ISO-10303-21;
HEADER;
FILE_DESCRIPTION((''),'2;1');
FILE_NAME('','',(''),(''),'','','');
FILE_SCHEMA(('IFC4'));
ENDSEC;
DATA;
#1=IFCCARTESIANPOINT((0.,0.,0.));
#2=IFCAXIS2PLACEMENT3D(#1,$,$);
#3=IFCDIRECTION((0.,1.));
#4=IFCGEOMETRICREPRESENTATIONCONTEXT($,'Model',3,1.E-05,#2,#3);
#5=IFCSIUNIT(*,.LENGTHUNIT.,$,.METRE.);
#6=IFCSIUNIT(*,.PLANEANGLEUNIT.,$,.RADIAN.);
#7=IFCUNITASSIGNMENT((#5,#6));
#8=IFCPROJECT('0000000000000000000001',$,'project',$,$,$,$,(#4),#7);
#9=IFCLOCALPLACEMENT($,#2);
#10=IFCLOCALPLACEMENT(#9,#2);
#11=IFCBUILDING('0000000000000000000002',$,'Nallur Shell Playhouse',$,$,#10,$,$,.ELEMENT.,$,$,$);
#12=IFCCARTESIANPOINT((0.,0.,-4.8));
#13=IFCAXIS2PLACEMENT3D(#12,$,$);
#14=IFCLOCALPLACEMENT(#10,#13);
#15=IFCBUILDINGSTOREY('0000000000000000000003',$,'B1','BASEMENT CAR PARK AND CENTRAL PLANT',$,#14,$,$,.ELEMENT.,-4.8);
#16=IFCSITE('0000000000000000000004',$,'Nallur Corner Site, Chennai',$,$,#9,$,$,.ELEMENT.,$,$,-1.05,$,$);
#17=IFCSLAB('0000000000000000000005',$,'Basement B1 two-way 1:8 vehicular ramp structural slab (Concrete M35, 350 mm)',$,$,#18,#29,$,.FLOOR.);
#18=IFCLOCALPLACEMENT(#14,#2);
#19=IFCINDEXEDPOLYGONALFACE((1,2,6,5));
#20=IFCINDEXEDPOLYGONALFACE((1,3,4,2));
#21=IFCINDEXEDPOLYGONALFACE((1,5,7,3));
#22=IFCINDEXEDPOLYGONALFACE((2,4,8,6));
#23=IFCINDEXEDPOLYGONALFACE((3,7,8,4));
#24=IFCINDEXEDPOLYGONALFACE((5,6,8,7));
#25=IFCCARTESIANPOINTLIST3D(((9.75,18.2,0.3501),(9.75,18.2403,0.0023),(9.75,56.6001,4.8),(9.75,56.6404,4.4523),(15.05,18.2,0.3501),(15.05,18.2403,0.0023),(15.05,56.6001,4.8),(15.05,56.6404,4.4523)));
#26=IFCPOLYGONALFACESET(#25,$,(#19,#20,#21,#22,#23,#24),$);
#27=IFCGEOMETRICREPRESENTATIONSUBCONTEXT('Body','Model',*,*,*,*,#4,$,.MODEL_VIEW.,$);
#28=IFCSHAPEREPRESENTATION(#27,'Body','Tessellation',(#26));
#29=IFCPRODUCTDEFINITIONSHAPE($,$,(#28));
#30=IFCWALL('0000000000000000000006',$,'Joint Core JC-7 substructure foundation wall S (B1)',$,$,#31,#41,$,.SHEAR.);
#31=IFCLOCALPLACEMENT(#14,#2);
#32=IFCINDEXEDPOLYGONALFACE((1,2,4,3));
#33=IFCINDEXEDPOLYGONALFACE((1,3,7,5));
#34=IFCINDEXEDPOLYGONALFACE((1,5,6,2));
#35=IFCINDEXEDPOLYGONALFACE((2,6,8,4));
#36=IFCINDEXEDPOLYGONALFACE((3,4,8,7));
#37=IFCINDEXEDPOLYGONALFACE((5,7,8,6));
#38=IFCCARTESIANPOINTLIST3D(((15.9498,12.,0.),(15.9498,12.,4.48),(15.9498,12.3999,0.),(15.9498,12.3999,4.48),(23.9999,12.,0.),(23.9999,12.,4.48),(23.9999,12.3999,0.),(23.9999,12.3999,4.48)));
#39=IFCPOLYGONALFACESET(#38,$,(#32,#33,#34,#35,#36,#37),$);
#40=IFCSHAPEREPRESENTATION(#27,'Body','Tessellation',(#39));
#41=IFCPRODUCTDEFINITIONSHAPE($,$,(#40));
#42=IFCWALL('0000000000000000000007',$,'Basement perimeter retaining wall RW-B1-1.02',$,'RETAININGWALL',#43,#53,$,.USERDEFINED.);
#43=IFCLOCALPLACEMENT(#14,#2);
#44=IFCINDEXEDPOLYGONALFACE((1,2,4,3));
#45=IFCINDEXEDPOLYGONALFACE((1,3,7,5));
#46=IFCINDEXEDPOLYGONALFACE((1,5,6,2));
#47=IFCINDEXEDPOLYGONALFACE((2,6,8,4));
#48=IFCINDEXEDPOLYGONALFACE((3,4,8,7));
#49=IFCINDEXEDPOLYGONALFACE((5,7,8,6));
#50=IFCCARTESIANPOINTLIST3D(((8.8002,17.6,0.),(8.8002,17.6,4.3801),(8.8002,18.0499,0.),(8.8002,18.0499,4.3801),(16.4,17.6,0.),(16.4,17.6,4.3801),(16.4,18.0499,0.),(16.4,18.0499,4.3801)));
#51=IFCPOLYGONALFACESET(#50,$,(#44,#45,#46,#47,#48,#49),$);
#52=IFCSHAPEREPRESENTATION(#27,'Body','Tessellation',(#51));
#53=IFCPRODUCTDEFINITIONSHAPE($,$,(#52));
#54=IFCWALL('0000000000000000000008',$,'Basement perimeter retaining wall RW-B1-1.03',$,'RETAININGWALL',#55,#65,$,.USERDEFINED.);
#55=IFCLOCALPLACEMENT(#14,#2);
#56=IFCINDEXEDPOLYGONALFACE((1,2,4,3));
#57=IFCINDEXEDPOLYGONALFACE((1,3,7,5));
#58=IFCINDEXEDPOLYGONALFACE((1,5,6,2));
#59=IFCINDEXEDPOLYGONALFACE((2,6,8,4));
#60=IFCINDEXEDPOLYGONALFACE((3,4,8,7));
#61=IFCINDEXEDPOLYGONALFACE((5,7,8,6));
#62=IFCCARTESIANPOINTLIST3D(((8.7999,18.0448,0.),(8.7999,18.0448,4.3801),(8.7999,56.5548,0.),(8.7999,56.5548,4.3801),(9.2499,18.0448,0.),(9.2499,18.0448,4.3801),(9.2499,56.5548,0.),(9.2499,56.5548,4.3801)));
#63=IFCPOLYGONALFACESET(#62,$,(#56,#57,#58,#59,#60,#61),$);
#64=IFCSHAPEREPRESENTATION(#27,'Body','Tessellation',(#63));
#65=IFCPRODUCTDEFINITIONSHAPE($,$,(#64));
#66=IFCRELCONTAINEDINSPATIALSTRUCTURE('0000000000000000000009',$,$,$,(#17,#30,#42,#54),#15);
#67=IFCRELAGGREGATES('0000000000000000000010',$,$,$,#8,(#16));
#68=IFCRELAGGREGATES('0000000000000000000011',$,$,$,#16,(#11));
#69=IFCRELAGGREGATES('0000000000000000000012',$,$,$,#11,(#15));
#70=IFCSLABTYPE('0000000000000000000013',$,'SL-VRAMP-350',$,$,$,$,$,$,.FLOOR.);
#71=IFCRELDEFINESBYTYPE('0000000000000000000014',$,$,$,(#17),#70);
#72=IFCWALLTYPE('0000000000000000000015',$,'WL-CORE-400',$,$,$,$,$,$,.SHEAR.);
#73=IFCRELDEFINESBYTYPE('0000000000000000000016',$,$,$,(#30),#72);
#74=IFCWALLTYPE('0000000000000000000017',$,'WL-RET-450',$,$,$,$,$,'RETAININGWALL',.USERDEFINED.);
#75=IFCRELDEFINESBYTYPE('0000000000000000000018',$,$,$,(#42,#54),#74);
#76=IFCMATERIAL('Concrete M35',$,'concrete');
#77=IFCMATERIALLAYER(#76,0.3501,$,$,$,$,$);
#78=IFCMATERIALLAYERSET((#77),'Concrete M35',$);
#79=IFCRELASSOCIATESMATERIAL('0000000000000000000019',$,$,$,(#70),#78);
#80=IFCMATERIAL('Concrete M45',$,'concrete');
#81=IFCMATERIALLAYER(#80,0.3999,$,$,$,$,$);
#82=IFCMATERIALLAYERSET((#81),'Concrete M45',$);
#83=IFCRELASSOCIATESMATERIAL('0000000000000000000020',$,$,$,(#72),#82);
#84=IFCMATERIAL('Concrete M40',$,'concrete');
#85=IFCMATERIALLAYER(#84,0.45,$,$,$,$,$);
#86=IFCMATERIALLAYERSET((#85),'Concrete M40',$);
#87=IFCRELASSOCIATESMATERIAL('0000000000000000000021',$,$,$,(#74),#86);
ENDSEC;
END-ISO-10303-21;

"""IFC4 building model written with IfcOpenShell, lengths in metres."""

from ifc_helpers import new_model, si_unit, direction, frame, frame_2d, origin, place, context, subcontext, project, spatial, polyline, rectangle, outline, extrude, material, layer, layer_set, type_object, element, save


model = new_model("IFC4")

# Units and contexts
model_context = context("Model", 3, precision=1e-05, world=origin(), true_north=direction((0.0, 1.0)))
body_context = subcontext(model_context, "Body", "Model", "MODEL_VIEW")
ifc_project = project(units=[si_unit("LENGTHUNIT", "METRE"), si_unit("PLANEANGLEUNIT", "RADIAN")], contexts=[model_context])

# Site, building, storey
site_placement = place(None, origin())
site = spatial("IfcSite", under=ifc_project, at=site_placement, Name="Nallur Corner Site, Chennai", CompositionType="ELEMENT", RefElevation=-1.05)
building_placement = place(site_placement, origin())
building = spatial("IfcBuilding", under=site, at=building_placement, Name="Nallur Shell Playhouse", CompositionType="ELEMENT")
storey_placement = place(building_placement, frame((0.0, 0.0, -4.8)))
storey = spatial("IfcBuildingStorey", under=building, at=storey_placement, Name="B1", Description="BASEMENT CAR PARK AND CENTRAL PLANT", CompositionType="ELEMENT", Elevation=-4.8)

# Shared definitions
ifc_material_1 = material(Name="Concrete M35", Category="concrete")

# Shared definitions
ifc_material_2 = material(Name="Concrete M40", Category="concrete")

# Slab
ifc_layer_1 = layer(ifc_material_1, 0.3501)
ifc_layer_set_1 = layer_set([ifc_layer_1], Name="Concrete M35")
slab_type_1 = type_object("IfcSlabType", Name="SL-VRAMP-350", PredefinedType="FLOOR", material=ifc_layer_set_1)
slab_1_placement = place(storey_placement, frame((9.75, 18.2, 0.3501), z_axis=(0.0, -0.115113, 0.993352), x_axis=(1.0, 0.0, 0.0)))
element("IfcSlab", 1, at=slab_1_placement, inside=storey, type_object=slab_type_1, Name="Basement B1 two-way 1:8 vehicular ramp structural slab (Concrete M35, 350 mm)", PredefinedType="FLOOR", context=body_context, shape_type="SweptSolid", body=[
    extrude(outline(polyline([(0.0, 0.0), (5.3, 0.0), (5.3, 38.6571), (0.0, 38.6571), (0.0, 0.0)])), origin(), (0.0, 0.0, -1.0), 0.3501),
])

# Walls
ifc_material_3 = material(Name="Concrete M45", Category="concrete")
ifc_layer_2 = layer(ifc_material_3, 0.3999)
ifc_layer_set_2 = layer_set([ifc_layer_2], Name="Concrete M45")
wall_type_1 = type_object("IfcWallType", Name="WL-CORE-400", PredefinedType="SHEAR", material=ifc_layer_set_2)
wall_1_placement = place(storey_placement, frame((15.95, 12.2, 0.0), z_axis=(0.0, 0.0, 1.0), x_axis=(1.0, 0.0, 0.0)))
element("IfcWall", 2, at=wall_1_placement, inside=storey, type_object=wall_type_1, Name="Joint Core JC-7 substructure foundation wall S (B1)", PredefinedType="SHEAR", context=body_context, shape_type="SweptSolid", body=[
    extrude(rectangle(XDim=8.05, YDim=0.3999, at=frame_2d((4.0249, 0.0))), origin(), (0.0, 0.0, 1.0), 4.48),
])
ifc_layer_3 = layer(ifc_material_2, 0.45)
ifc_layer_set_3 = layer_set([ifc_layer_3], Name="Concrete M40")
wall_type_2 = type_object("IfcWallType", Name="WL-RET-450", ElementType="RETAININGWALL", PredefinedType="USERDEFINED", material=ifc_layer_set_3)
wall_2_placement = place(storey_placement, frame((16.3999, 17.825, 0.0), z_axis=(0.0, 0.0, 1.0), x_axis=(-1.0, 0.0, 0.0)))
element("IfcWall", 3, at=wall_2_placement, inside=storey, type_object=wall_type_2, Name="Basement perimeter retaining wall RW-B1-1.02", ObjectType="RETAININGWALL", PredefinedType="USERDEFINED", context=body_context, shape_type="SweptSolid", body=[
    extrude(rectangle(XDim=7.5999, YDim=0.45, at=frame_2d((3.7998, 0.0))), origin(), (0.0, 0.0, 1.0), 4.3801),
])
wall_3_placement = place(storey_placement, frame((9.0249, 18.0449, 0.0), z_axis=(0.0, 0.0, 1.0), x_axis=(0.0, 1.0, 0.0)))
element("IfcWall", 4, at=wall_3_placement, inside=storey, type_object=wall_type_2, Name="Basement perimeter retaining wall RW-B1-1.03", ObjectType="RETAININGWALL", PredefinedType="USERDEFINED", context=body_context, shape_type="SweptSolid", body=[
    extrude(rectangle(XDim=38.51, YDim=0.45, at=frame_2d((19.2549, 0.0))), origin(), (0.0, 0.0, 1.0), 4.3801),
])

save(model, "model.ifc")
